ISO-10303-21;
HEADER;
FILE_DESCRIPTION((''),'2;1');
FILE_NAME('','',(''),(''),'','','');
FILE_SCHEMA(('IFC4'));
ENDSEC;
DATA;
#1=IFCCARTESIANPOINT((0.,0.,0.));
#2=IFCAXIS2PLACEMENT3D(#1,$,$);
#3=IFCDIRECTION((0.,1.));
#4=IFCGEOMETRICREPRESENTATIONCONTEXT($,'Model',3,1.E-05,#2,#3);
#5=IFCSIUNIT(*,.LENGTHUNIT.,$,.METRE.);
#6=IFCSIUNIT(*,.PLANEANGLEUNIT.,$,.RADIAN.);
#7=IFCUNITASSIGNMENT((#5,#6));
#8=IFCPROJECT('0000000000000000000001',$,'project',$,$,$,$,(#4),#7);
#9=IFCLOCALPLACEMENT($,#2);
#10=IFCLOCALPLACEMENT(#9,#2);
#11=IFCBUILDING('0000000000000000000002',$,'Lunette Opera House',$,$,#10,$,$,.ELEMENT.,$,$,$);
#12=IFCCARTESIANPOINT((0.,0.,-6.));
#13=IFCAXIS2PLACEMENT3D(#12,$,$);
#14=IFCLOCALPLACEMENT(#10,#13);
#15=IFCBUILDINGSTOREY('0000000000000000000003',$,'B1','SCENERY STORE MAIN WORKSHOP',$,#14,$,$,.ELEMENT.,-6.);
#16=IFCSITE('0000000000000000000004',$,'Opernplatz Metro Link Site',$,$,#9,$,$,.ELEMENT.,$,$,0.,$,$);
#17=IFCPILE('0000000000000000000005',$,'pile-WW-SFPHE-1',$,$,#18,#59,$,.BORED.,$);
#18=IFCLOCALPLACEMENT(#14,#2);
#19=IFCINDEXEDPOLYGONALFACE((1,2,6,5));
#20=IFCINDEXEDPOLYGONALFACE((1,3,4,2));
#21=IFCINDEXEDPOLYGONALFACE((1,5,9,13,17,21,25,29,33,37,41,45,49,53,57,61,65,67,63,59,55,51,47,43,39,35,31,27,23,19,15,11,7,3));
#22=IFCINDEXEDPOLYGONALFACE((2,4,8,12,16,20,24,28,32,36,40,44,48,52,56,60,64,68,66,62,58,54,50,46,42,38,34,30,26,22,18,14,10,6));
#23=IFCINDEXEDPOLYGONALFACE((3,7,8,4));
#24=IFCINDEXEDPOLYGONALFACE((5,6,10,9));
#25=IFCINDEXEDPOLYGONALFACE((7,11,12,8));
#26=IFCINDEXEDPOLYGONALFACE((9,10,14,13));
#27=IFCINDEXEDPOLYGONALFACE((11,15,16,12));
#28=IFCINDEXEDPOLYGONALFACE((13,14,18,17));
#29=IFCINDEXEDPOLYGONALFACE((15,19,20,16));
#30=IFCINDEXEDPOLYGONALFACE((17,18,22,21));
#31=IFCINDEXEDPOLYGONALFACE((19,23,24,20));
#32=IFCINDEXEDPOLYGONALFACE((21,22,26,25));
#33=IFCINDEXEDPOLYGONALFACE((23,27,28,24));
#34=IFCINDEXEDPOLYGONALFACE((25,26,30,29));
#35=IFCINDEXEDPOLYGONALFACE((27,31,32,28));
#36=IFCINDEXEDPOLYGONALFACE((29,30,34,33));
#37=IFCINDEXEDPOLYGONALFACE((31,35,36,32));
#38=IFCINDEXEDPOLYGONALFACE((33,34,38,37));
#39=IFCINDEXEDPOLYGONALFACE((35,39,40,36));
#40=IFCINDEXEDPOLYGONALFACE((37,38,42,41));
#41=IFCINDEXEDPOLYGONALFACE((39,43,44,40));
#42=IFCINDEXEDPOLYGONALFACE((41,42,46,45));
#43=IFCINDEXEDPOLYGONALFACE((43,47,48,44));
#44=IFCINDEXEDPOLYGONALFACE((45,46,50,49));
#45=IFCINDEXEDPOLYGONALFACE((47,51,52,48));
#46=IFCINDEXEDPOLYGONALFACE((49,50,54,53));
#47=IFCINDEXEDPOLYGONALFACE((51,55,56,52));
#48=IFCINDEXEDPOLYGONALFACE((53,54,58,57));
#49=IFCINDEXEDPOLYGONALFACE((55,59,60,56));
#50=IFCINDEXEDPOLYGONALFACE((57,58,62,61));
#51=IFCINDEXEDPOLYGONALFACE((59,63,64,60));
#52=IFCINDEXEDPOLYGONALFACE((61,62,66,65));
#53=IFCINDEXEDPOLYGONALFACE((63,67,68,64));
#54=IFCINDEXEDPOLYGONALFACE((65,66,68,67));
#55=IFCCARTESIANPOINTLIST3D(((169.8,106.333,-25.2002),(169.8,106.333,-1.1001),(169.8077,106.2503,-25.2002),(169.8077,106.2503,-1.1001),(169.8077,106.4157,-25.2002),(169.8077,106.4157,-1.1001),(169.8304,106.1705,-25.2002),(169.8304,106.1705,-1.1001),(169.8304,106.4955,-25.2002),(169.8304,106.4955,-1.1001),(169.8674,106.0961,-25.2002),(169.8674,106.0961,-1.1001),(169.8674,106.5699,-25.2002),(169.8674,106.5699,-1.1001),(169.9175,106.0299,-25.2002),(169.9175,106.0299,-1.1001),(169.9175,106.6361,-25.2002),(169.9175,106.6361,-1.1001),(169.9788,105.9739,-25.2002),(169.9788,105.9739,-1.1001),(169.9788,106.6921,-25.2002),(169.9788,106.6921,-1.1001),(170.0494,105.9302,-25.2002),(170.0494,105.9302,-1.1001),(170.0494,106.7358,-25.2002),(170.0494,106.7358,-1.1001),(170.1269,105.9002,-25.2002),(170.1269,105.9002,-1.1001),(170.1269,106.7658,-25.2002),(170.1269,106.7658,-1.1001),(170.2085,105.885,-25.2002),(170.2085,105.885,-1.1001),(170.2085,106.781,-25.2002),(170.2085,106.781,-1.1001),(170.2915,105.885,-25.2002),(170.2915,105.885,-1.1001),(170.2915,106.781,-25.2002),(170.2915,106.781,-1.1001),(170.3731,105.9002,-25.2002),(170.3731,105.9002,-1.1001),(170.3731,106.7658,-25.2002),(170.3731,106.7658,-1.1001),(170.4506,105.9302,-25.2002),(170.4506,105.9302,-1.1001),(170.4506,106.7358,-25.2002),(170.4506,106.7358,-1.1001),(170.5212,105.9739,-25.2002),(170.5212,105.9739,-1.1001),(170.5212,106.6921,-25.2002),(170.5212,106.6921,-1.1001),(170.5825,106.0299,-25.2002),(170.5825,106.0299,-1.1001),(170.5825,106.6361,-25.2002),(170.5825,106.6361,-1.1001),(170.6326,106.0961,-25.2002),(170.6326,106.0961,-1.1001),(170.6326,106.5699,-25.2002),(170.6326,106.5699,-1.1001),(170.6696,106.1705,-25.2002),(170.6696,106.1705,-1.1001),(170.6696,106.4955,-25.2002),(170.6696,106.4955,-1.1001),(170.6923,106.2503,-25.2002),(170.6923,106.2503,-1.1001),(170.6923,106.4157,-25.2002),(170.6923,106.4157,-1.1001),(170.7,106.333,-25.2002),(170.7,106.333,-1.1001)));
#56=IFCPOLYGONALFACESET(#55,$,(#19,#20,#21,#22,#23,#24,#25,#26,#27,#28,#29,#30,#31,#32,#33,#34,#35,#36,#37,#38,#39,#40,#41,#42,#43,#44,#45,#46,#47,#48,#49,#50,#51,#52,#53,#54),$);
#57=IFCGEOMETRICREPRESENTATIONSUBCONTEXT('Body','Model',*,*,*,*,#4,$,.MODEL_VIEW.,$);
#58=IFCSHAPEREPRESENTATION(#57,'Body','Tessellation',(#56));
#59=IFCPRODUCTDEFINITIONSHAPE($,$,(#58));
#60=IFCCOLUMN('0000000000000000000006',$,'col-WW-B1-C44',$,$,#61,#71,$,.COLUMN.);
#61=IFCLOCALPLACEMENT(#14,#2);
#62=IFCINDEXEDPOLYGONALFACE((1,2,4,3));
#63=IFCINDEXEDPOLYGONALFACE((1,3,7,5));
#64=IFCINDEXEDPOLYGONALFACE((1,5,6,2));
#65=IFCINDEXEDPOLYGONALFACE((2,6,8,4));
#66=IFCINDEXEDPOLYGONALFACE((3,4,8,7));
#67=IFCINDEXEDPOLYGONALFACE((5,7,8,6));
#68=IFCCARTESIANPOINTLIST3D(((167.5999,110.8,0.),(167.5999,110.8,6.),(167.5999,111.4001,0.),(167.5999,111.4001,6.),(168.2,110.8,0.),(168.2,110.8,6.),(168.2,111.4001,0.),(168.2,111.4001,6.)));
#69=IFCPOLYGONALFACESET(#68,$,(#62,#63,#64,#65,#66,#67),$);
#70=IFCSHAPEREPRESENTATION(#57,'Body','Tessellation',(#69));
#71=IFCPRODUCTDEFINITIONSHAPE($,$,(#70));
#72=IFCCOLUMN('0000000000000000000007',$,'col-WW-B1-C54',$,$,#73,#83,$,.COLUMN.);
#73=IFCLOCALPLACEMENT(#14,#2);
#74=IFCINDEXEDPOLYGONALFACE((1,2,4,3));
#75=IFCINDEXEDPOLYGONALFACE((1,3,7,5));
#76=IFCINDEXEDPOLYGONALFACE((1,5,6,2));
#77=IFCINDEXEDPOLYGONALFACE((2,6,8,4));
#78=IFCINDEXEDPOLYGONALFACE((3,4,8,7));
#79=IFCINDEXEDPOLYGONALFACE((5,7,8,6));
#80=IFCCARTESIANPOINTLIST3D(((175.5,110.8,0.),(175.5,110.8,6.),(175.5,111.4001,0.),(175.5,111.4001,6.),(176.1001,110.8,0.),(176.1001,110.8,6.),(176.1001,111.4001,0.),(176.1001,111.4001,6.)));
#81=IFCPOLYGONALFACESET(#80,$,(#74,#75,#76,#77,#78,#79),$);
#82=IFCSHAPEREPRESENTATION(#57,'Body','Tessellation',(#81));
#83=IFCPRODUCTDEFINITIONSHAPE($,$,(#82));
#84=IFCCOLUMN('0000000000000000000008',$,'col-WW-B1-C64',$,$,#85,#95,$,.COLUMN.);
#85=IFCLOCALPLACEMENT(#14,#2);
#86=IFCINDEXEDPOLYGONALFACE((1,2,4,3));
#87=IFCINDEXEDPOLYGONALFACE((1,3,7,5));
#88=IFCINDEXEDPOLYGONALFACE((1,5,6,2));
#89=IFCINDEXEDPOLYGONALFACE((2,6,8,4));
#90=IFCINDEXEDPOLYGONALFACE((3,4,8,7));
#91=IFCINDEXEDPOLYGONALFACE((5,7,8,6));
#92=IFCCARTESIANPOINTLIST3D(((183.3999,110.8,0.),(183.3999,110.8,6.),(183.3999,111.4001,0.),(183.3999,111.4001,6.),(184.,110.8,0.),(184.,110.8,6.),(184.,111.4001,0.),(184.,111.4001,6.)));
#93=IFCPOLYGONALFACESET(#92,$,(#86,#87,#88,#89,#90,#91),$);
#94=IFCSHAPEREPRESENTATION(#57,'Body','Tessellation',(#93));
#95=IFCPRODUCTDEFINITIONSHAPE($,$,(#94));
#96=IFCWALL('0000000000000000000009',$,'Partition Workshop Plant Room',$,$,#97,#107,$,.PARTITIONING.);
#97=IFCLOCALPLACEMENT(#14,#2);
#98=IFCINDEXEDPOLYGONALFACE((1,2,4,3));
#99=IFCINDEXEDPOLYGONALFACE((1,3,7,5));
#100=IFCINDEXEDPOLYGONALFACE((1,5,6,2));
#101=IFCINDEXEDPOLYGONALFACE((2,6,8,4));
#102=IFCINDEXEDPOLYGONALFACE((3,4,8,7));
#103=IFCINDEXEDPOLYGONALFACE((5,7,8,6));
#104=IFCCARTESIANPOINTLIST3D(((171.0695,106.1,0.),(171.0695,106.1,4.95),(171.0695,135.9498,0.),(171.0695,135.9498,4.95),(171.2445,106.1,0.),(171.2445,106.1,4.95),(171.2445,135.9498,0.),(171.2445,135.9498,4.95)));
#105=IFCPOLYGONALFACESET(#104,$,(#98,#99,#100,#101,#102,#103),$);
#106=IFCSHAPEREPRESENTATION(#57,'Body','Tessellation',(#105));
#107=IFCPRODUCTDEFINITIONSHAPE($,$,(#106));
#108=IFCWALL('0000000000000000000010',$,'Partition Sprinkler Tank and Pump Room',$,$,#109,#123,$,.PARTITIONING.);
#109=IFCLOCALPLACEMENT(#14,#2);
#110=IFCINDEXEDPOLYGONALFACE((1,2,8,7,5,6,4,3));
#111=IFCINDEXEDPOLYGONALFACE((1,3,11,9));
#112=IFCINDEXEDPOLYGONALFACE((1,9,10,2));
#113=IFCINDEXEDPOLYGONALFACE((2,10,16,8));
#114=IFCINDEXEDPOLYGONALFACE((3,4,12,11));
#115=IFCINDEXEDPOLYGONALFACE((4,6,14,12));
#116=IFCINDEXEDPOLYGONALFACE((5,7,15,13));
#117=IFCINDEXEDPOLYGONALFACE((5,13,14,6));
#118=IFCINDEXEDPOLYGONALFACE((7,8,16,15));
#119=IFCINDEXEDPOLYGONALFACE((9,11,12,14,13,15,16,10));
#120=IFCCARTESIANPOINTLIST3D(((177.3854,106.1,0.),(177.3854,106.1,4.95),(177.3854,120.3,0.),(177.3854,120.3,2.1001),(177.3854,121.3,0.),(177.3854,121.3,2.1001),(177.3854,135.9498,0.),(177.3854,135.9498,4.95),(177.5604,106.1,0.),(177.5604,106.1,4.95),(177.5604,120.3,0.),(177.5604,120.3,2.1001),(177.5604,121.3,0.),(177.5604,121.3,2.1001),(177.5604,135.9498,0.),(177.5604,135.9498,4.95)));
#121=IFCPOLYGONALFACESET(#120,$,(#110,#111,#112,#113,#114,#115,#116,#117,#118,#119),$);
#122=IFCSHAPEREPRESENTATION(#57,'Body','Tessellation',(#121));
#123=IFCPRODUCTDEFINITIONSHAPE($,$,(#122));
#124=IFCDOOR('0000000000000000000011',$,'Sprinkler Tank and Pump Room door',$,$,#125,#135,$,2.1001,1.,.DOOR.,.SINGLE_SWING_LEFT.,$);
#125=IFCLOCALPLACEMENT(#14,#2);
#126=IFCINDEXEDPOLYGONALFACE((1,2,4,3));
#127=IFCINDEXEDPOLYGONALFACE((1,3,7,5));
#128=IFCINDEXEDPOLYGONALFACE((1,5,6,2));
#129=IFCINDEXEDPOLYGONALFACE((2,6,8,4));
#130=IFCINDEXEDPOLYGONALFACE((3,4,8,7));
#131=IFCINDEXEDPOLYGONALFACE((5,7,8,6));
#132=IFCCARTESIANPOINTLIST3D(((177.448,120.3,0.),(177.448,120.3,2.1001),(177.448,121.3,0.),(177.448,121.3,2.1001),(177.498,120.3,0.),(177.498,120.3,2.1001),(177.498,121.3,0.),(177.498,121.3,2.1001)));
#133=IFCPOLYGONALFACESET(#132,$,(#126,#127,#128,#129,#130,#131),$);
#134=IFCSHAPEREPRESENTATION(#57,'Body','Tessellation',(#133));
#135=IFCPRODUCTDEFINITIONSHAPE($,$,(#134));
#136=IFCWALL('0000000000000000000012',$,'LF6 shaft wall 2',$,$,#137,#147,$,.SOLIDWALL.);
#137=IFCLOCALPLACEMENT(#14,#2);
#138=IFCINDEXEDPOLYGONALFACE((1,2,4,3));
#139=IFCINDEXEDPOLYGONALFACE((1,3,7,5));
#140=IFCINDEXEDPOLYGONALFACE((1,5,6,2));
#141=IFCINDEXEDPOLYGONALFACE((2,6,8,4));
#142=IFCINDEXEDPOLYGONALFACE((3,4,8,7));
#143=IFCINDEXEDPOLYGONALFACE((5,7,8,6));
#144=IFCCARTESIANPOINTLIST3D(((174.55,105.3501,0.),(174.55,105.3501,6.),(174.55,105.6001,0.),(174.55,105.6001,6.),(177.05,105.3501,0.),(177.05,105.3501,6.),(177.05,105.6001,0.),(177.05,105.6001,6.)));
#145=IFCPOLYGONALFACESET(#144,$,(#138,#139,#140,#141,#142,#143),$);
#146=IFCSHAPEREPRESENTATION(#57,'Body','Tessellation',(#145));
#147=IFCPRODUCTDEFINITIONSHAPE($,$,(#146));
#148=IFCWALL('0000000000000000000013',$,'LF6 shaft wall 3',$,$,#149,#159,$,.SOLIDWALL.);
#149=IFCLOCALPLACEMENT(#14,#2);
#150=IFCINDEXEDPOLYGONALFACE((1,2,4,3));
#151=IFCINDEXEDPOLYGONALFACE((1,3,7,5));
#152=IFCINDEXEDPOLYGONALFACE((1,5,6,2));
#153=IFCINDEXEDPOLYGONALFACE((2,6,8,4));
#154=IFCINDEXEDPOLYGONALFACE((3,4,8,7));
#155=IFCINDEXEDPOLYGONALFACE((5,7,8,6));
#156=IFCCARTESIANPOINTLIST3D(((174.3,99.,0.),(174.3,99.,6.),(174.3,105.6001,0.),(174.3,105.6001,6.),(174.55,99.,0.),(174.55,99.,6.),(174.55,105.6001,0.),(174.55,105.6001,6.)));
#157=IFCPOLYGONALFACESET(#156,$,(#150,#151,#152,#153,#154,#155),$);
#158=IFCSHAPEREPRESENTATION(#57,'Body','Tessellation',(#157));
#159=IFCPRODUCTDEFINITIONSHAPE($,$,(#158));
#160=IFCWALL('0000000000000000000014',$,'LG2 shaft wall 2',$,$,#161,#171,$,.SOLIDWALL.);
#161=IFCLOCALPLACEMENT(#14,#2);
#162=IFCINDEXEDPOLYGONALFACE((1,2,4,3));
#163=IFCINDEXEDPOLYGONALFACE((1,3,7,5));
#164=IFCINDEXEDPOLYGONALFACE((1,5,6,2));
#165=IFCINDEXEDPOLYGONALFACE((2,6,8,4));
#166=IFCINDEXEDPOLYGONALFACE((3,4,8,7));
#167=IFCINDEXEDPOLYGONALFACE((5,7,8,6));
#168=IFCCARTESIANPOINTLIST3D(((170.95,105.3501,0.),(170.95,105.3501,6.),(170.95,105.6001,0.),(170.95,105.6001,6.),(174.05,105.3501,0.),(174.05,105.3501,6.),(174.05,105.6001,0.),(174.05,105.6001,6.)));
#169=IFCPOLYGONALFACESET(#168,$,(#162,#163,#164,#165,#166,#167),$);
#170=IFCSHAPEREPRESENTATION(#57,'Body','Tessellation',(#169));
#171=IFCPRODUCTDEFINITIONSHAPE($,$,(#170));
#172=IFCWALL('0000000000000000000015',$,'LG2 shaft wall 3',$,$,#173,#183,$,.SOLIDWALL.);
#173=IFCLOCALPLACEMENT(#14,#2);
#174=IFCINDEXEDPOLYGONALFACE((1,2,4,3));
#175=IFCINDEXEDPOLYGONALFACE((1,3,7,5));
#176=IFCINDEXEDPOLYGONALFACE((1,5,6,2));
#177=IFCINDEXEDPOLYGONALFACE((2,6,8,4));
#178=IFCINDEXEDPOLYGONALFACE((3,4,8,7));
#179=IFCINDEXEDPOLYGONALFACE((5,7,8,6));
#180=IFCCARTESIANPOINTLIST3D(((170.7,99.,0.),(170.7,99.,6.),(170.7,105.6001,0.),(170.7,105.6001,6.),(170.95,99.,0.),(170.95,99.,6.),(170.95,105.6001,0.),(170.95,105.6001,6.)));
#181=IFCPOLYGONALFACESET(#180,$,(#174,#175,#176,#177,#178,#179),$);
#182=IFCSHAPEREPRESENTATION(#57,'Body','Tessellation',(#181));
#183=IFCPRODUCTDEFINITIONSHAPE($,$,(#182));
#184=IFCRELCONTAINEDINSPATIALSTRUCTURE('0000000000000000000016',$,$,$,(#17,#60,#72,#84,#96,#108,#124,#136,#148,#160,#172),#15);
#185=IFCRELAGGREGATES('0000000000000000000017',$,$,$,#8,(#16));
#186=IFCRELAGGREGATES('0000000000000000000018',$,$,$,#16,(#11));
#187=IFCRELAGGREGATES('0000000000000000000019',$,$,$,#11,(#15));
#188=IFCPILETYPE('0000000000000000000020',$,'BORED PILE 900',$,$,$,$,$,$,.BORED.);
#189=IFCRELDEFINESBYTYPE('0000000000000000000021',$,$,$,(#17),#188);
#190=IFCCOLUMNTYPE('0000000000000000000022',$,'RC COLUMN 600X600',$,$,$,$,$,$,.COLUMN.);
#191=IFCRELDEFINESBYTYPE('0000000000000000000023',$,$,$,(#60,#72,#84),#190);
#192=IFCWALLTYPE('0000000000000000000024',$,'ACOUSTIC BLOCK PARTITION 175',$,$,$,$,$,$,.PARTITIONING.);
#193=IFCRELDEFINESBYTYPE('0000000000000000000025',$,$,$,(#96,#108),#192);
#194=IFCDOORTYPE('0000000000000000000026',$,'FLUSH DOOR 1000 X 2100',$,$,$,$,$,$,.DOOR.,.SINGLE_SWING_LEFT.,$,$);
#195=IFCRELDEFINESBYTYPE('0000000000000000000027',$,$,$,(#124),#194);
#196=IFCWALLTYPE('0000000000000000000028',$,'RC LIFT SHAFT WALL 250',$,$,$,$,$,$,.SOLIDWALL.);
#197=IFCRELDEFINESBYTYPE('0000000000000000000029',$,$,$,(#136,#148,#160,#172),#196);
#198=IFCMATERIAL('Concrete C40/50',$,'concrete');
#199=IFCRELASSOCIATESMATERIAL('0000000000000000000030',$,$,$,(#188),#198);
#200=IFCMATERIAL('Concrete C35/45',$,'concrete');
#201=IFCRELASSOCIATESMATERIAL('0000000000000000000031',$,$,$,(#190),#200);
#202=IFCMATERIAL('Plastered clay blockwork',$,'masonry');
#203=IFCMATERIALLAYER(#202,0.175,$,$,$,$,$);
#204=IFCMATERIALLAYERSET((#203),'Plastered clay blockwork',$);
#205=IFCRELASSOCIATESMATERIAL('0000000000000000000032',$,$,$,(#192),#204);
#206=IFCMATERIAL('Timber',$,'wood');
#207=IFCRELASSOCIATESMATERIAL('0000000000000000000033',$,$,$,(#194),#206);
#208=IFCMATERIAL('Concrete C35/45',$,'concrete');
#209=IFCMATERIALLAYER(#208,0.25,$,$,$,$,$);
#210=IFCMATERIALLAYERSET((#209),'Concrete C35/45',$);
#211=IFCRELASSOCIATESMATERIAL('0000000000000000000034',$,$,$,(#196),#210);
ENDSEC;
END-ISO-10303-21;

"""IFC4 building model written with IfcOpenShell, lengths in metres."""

from ifc_helpers import new_model, si_unit, direction, frame, frame_2d, origin, origin_2d, place, context, subcontext, project, spatial, rectangle, circle, extrude, material, layer, layer_set, material_profile, profile_set, type_object, element, fill, save


model = new_model("IFC4")

# Units and contexts
model_context = context("Model", 3, precision=1e-05, world=origin(), true_north=direction((0.0, 1.0)))
body_context = subcontext(model_context, "Body", "Model", "MODEL_VIEW")
ifc_project = project(units=[si_unit("LENGTHUNIT", "METRE"), si_unit("PLANEANGLEUNIT", "RADIAN")], contexts=[model_context])

# Site, building, storey
site_placement = place(None, origin())
site = spatial("IfcSite", under=ifc_project, at=site_placement, Name="Opernplatz Metro Link Site", CompositionType="ELEMENT", RefElevation=0.0)
building_placement = place(site_placement, origin())
building = spatial("IfcBuilding", under=site, at=building_placement, Name="Lunette Opera House", CompositionType="ELEMENT")
storey_placement = place(building_placement, frame((0.0, 0.0, -6.0)))
storey = spatial("IfcBuildingStorey", under=building, at=storey_placement, Name="B1", Description="SCENERY STORE MAIN WORKSHOP", CompositionType="ELEMENT", Elevation=-6.0)

# Pile
ifc_material_1 = material(Name="Concrete C40/50", Category="concrete")
ifc_material_profile_1 = material_profile(ifc_material_1, circle(Radius=0.45, at=origin_2d()), Name="BORED PILE 900")
ifc_profile_set_1 = profile_set([ifc_material_profile_1], Name="Concrete C40/50")
pile_type = type_object("IfcPileType", Name="BORED PILE 900", PredefinedType="BORED", material=ifc_profile_set_1)
for number, where, z_axis, x_axis, name in (
    (1, (170.25, 106.333, -1.1001), (0.0, 0.0, -1.0), (1.0, 0.0, 0.0), "pile-WW-SFPHE-1"),
):
    element("IfcPile", number, at=place(storey_placement, frame(where, z_axis=z_axis, x_axis=x_axis)), inside=storey, type_object=pile_type, Name=name, PredefinedType="BORED", context=body_context, shape_type="SweptSolid", body=[
        extrude(circle(Radius=0.45, at=origin_2d()), origin(), (0.0, 0.0, 1.0), 24.1001),
    ])

# Columns
ifc_material_2 = material(Name="Concrete C35/45", Category="concrete")
ifc_material_profile_2 = material_profile(ifc_material_2, rectangle(XDim=0.6001, YDim=0.6001, at=origin_2d()), Name="RC COLUMN 600X600")
ifc_profile_set_2 = profile_set([ifc_material_profile_2], Name="Concrete C35/45")
column_type = type_object("IfcColumnType", Name="RC COLUMN 600X600", PredefinedType="COLUMN", material=ifc_profile_set_2)
for number, where, z_axis, x_axis, name in (
    (2, (167.8999, 111.1001, 0.0), (0.0, 0.0, 1.0), (1.0, 0.0, 0.0), "col-WW-B1-C44"),
    (3, (175.8, 111.1001, 0.0), (0.0, 0.0, 1.0), (1.0, 0.0, 0.0), "col-WW-B1-C54"),
    (4, (183.7, 111.1001, 0.0), (0.0, 0.0, 1.0), (1.0, 0.0, 0.0), "col-WW-B1-C64"),
):
    element("IfcColumn", number, at=place(storey_placement, frame(where, z_axis=z_axis, x_axis=x_axis)), inside=storey, type_object=column_type, Name=name, PredefinedType="COLUMN", context=body_context, shape_type="SweptSolid", body=[
        extrude(rectangle(XDim=0.6001, YDim=0.6001, at=origin_2d()), origin(), (0.0, 0.0, 1.0), 6.0),
    ])

# Wall
ifc_material_3 = material(Name="Plastered clay blockwork", Category="masonry")
ifc_layer_1 = layer(ifc_material_3, 0.175)
ifc_layer_set_1 = layer_set([ifc_layer_1], Name="Plastered clay blockwork")
wall_type_1 = type_object("IfcWallType", Name="ACOUSTIC BLOCK PARTITION 175", PredefinedType="PARTITIONING", material=ifc_layer_set_1)
wall_1_placement = place(storey_placement, frame((171.157, 106.1001, 0.0), z_axis=(0.0, 0.0, 1.0), x_axis=(0.0, 1.0, 0.0)))
element("IfcWall", 5, at=wall_1_placement, inside=storey, type_object=wall_type_1, Name="Partition Workshop Plant Room", PredefinedType="PARTITIONING", context=body_context, shape_type="SweptSolid", body=[
    extrude(rectangle(XDim=29.8499, YDim=0.175, at=frame_2d((14.9248, 0.0))), origin(), (0.0, 0.0, 1.0), 4.95),
])

# Wall, opening, door
wall_2_placement = place(storey_placement, frame((177.4729, 106.1001, 0.0), z_axis=(0.0, 0.0, 1.0), x_axis=(0.0, 1.0, 0.0)))
wall_2 = element("IfcWall", 6, at=wall_2_placement, inside=storey, type_object=wall_type_1, Name="Partition Sprinkler Tank and Pump Room", PredefinedType="PARTITIONING", context=body_context, shape_type="SweptSolid", body=[
    extrude(rectangle(XDim=29.8499, YDim=0.175, at=frame_2d((14.9248, 0.0))), origin(), (0.0, 0.0, 1.0), 4.95),
])
opening_placement = place(wall_2_placement, frame((14.2, 0.0, 0.0)))
opening = element("IfcOpeningElement", 7, at=opening_placement, cuts=wall_2, PredefinedType="OPENING", context=body_context, shape_type="SweptSolid", body=[
    extrude(rectangle(XDim=1.0, YDim=2.1001, at=frame_2d((0.5, 1.05))), frame((0.0, 0.0996, 0.0), z_axis=(0.0, -1.0, 0.0), x_axis=(1.0, 0.0, 0.0)), (0.0, 0.0, 1.0), 0.199),
])
ifc_material_4 = material(Name="Timber", Category="wood")
door_type = type_object("IfcDoorType", Name="FLUSH DOOR 1000 X 2100", OperationType="SINGLE_SWING_LEFT", PredefinedType="DOOR", material=ifc_material_4)
door_placement = place(opening_placement, origin())
door = element("IfcDoor", 8, at=door_placement, inside=storey, type_object=door_type, Name="Sprinkler Tank and Pump Room door", OperationType="SINGLE_SWING_LEFT", OverallHeight=2.1001, OverallWidth=1.0, PredefinedType="DOOR", context=body_context, shape_type="SweptSolid", body=[
    extrude(rectangle(XDim=1.0, YDim=2.1001, at=frame_2d((0.5, 1.05))), frame((0.0, 0.0249, 0.0), z_axis=(0.0, -1.0, 0.0), x_axis=(1.0, 0.0, 0.0)), (0.0, 0.0, 1.0), 0.05),
])
fill(opening, door)

# Walls
ifc_material_5 = material(Name="Concrete C35/45", Category="concrete")
ifc_layer_2 = layer(ifc_material_5, 0.25)
ifc_layer_set_2 = layer_set([ifc_layer_2], Name="Concrete C35/45")
wall_type_2 = type_object("IfcWallType", Name="RC LIFT SHAFT WALL 250", PredefinedType="SOLIDWALL", material=ifc_layer_set_2)
wall_3_placement = place(storey_placement, frame((177.05, 105.4751, 0.0), z_axis=(0.0, 0.0, 1.0), x_axis=(-1.0, 0.0, 0.0)))
element("IfcWall", 9, at=wall_3_placement, inside=storey, type_object=wall_type_2, Name="LF6 shaft wall 2", PredefinedType="SOLIDWALL", context=body_context, shape_type="SweptSolid", body=[
    extrude(rectangle(XDim=2.5, YDim=0.25, at=frame_2d((1.25, 0.0))), origin(), (0.0, 0.0, 1.0), 6.0),
])
wall_4_placement = place(storey_placement, frame((174.425, 105.6001, 0.0), z_axis=(0.0, 0.0, 1.0), x_axis=(0.0, -1.0, 0.0)))
element("IfcWall", 10, at=wall_4_placement, inside=storey, type_object=wall_type_2, Name="LF6 shaft wall 3", PredefinedType="SOLIDWALL", context=body_context, shape_type="SweptSolid", body=[
    extrude(rectangle(XDim=6.6001, YDim=0.25, at=frame_2d((3.3, 0.0))), origin(), (0.0, 0.0, 1.0), 6.0),
])
wall_5_placement = place(storey_placement, frame((174.05, 105.4751, 0.0), z_axis=(0.0, 0.0, 1.0), x_axis=(-1.0, 0.0, 0.0)))
element("IfcWall", 11, at=wall_5_placement, inside=storey, type_object=wall_type_2, Name="LG2 shaft wall 2", PredefinedType="SOLIDWALL", context=body_context, shape_type="SweptSolid", body=[
    extrude(rectangle(XDim=3.1001, YDim=0.25, at=frame_2d((1.55, 0.0))), origin(), (0.0, 0.0, 1.0), 6.0),
])
wall_6_placement = place(storey_placement, frame((170.825, 105.6001, 0.0), z_axis=(0.0, 0.0, 1.0), x_axis=(0.0, -1.0, 0.0)))
element("IfcWall", 12, at=wall_6_placement, inside=storey, type_object=wall_type_2, Name="LG2 shaft wall 3", PredefinedType="SOLIDWALL", context=body_context, shape_type="SweptSolid", body=[
    extrude(rectangle(XDim=6.6001, YDim=0.25, at=frame_2d((3.3, 0.0))), origin(), (0.0, 0.0, 1.0), 6.0),
])

save(model, "model.ifc")
